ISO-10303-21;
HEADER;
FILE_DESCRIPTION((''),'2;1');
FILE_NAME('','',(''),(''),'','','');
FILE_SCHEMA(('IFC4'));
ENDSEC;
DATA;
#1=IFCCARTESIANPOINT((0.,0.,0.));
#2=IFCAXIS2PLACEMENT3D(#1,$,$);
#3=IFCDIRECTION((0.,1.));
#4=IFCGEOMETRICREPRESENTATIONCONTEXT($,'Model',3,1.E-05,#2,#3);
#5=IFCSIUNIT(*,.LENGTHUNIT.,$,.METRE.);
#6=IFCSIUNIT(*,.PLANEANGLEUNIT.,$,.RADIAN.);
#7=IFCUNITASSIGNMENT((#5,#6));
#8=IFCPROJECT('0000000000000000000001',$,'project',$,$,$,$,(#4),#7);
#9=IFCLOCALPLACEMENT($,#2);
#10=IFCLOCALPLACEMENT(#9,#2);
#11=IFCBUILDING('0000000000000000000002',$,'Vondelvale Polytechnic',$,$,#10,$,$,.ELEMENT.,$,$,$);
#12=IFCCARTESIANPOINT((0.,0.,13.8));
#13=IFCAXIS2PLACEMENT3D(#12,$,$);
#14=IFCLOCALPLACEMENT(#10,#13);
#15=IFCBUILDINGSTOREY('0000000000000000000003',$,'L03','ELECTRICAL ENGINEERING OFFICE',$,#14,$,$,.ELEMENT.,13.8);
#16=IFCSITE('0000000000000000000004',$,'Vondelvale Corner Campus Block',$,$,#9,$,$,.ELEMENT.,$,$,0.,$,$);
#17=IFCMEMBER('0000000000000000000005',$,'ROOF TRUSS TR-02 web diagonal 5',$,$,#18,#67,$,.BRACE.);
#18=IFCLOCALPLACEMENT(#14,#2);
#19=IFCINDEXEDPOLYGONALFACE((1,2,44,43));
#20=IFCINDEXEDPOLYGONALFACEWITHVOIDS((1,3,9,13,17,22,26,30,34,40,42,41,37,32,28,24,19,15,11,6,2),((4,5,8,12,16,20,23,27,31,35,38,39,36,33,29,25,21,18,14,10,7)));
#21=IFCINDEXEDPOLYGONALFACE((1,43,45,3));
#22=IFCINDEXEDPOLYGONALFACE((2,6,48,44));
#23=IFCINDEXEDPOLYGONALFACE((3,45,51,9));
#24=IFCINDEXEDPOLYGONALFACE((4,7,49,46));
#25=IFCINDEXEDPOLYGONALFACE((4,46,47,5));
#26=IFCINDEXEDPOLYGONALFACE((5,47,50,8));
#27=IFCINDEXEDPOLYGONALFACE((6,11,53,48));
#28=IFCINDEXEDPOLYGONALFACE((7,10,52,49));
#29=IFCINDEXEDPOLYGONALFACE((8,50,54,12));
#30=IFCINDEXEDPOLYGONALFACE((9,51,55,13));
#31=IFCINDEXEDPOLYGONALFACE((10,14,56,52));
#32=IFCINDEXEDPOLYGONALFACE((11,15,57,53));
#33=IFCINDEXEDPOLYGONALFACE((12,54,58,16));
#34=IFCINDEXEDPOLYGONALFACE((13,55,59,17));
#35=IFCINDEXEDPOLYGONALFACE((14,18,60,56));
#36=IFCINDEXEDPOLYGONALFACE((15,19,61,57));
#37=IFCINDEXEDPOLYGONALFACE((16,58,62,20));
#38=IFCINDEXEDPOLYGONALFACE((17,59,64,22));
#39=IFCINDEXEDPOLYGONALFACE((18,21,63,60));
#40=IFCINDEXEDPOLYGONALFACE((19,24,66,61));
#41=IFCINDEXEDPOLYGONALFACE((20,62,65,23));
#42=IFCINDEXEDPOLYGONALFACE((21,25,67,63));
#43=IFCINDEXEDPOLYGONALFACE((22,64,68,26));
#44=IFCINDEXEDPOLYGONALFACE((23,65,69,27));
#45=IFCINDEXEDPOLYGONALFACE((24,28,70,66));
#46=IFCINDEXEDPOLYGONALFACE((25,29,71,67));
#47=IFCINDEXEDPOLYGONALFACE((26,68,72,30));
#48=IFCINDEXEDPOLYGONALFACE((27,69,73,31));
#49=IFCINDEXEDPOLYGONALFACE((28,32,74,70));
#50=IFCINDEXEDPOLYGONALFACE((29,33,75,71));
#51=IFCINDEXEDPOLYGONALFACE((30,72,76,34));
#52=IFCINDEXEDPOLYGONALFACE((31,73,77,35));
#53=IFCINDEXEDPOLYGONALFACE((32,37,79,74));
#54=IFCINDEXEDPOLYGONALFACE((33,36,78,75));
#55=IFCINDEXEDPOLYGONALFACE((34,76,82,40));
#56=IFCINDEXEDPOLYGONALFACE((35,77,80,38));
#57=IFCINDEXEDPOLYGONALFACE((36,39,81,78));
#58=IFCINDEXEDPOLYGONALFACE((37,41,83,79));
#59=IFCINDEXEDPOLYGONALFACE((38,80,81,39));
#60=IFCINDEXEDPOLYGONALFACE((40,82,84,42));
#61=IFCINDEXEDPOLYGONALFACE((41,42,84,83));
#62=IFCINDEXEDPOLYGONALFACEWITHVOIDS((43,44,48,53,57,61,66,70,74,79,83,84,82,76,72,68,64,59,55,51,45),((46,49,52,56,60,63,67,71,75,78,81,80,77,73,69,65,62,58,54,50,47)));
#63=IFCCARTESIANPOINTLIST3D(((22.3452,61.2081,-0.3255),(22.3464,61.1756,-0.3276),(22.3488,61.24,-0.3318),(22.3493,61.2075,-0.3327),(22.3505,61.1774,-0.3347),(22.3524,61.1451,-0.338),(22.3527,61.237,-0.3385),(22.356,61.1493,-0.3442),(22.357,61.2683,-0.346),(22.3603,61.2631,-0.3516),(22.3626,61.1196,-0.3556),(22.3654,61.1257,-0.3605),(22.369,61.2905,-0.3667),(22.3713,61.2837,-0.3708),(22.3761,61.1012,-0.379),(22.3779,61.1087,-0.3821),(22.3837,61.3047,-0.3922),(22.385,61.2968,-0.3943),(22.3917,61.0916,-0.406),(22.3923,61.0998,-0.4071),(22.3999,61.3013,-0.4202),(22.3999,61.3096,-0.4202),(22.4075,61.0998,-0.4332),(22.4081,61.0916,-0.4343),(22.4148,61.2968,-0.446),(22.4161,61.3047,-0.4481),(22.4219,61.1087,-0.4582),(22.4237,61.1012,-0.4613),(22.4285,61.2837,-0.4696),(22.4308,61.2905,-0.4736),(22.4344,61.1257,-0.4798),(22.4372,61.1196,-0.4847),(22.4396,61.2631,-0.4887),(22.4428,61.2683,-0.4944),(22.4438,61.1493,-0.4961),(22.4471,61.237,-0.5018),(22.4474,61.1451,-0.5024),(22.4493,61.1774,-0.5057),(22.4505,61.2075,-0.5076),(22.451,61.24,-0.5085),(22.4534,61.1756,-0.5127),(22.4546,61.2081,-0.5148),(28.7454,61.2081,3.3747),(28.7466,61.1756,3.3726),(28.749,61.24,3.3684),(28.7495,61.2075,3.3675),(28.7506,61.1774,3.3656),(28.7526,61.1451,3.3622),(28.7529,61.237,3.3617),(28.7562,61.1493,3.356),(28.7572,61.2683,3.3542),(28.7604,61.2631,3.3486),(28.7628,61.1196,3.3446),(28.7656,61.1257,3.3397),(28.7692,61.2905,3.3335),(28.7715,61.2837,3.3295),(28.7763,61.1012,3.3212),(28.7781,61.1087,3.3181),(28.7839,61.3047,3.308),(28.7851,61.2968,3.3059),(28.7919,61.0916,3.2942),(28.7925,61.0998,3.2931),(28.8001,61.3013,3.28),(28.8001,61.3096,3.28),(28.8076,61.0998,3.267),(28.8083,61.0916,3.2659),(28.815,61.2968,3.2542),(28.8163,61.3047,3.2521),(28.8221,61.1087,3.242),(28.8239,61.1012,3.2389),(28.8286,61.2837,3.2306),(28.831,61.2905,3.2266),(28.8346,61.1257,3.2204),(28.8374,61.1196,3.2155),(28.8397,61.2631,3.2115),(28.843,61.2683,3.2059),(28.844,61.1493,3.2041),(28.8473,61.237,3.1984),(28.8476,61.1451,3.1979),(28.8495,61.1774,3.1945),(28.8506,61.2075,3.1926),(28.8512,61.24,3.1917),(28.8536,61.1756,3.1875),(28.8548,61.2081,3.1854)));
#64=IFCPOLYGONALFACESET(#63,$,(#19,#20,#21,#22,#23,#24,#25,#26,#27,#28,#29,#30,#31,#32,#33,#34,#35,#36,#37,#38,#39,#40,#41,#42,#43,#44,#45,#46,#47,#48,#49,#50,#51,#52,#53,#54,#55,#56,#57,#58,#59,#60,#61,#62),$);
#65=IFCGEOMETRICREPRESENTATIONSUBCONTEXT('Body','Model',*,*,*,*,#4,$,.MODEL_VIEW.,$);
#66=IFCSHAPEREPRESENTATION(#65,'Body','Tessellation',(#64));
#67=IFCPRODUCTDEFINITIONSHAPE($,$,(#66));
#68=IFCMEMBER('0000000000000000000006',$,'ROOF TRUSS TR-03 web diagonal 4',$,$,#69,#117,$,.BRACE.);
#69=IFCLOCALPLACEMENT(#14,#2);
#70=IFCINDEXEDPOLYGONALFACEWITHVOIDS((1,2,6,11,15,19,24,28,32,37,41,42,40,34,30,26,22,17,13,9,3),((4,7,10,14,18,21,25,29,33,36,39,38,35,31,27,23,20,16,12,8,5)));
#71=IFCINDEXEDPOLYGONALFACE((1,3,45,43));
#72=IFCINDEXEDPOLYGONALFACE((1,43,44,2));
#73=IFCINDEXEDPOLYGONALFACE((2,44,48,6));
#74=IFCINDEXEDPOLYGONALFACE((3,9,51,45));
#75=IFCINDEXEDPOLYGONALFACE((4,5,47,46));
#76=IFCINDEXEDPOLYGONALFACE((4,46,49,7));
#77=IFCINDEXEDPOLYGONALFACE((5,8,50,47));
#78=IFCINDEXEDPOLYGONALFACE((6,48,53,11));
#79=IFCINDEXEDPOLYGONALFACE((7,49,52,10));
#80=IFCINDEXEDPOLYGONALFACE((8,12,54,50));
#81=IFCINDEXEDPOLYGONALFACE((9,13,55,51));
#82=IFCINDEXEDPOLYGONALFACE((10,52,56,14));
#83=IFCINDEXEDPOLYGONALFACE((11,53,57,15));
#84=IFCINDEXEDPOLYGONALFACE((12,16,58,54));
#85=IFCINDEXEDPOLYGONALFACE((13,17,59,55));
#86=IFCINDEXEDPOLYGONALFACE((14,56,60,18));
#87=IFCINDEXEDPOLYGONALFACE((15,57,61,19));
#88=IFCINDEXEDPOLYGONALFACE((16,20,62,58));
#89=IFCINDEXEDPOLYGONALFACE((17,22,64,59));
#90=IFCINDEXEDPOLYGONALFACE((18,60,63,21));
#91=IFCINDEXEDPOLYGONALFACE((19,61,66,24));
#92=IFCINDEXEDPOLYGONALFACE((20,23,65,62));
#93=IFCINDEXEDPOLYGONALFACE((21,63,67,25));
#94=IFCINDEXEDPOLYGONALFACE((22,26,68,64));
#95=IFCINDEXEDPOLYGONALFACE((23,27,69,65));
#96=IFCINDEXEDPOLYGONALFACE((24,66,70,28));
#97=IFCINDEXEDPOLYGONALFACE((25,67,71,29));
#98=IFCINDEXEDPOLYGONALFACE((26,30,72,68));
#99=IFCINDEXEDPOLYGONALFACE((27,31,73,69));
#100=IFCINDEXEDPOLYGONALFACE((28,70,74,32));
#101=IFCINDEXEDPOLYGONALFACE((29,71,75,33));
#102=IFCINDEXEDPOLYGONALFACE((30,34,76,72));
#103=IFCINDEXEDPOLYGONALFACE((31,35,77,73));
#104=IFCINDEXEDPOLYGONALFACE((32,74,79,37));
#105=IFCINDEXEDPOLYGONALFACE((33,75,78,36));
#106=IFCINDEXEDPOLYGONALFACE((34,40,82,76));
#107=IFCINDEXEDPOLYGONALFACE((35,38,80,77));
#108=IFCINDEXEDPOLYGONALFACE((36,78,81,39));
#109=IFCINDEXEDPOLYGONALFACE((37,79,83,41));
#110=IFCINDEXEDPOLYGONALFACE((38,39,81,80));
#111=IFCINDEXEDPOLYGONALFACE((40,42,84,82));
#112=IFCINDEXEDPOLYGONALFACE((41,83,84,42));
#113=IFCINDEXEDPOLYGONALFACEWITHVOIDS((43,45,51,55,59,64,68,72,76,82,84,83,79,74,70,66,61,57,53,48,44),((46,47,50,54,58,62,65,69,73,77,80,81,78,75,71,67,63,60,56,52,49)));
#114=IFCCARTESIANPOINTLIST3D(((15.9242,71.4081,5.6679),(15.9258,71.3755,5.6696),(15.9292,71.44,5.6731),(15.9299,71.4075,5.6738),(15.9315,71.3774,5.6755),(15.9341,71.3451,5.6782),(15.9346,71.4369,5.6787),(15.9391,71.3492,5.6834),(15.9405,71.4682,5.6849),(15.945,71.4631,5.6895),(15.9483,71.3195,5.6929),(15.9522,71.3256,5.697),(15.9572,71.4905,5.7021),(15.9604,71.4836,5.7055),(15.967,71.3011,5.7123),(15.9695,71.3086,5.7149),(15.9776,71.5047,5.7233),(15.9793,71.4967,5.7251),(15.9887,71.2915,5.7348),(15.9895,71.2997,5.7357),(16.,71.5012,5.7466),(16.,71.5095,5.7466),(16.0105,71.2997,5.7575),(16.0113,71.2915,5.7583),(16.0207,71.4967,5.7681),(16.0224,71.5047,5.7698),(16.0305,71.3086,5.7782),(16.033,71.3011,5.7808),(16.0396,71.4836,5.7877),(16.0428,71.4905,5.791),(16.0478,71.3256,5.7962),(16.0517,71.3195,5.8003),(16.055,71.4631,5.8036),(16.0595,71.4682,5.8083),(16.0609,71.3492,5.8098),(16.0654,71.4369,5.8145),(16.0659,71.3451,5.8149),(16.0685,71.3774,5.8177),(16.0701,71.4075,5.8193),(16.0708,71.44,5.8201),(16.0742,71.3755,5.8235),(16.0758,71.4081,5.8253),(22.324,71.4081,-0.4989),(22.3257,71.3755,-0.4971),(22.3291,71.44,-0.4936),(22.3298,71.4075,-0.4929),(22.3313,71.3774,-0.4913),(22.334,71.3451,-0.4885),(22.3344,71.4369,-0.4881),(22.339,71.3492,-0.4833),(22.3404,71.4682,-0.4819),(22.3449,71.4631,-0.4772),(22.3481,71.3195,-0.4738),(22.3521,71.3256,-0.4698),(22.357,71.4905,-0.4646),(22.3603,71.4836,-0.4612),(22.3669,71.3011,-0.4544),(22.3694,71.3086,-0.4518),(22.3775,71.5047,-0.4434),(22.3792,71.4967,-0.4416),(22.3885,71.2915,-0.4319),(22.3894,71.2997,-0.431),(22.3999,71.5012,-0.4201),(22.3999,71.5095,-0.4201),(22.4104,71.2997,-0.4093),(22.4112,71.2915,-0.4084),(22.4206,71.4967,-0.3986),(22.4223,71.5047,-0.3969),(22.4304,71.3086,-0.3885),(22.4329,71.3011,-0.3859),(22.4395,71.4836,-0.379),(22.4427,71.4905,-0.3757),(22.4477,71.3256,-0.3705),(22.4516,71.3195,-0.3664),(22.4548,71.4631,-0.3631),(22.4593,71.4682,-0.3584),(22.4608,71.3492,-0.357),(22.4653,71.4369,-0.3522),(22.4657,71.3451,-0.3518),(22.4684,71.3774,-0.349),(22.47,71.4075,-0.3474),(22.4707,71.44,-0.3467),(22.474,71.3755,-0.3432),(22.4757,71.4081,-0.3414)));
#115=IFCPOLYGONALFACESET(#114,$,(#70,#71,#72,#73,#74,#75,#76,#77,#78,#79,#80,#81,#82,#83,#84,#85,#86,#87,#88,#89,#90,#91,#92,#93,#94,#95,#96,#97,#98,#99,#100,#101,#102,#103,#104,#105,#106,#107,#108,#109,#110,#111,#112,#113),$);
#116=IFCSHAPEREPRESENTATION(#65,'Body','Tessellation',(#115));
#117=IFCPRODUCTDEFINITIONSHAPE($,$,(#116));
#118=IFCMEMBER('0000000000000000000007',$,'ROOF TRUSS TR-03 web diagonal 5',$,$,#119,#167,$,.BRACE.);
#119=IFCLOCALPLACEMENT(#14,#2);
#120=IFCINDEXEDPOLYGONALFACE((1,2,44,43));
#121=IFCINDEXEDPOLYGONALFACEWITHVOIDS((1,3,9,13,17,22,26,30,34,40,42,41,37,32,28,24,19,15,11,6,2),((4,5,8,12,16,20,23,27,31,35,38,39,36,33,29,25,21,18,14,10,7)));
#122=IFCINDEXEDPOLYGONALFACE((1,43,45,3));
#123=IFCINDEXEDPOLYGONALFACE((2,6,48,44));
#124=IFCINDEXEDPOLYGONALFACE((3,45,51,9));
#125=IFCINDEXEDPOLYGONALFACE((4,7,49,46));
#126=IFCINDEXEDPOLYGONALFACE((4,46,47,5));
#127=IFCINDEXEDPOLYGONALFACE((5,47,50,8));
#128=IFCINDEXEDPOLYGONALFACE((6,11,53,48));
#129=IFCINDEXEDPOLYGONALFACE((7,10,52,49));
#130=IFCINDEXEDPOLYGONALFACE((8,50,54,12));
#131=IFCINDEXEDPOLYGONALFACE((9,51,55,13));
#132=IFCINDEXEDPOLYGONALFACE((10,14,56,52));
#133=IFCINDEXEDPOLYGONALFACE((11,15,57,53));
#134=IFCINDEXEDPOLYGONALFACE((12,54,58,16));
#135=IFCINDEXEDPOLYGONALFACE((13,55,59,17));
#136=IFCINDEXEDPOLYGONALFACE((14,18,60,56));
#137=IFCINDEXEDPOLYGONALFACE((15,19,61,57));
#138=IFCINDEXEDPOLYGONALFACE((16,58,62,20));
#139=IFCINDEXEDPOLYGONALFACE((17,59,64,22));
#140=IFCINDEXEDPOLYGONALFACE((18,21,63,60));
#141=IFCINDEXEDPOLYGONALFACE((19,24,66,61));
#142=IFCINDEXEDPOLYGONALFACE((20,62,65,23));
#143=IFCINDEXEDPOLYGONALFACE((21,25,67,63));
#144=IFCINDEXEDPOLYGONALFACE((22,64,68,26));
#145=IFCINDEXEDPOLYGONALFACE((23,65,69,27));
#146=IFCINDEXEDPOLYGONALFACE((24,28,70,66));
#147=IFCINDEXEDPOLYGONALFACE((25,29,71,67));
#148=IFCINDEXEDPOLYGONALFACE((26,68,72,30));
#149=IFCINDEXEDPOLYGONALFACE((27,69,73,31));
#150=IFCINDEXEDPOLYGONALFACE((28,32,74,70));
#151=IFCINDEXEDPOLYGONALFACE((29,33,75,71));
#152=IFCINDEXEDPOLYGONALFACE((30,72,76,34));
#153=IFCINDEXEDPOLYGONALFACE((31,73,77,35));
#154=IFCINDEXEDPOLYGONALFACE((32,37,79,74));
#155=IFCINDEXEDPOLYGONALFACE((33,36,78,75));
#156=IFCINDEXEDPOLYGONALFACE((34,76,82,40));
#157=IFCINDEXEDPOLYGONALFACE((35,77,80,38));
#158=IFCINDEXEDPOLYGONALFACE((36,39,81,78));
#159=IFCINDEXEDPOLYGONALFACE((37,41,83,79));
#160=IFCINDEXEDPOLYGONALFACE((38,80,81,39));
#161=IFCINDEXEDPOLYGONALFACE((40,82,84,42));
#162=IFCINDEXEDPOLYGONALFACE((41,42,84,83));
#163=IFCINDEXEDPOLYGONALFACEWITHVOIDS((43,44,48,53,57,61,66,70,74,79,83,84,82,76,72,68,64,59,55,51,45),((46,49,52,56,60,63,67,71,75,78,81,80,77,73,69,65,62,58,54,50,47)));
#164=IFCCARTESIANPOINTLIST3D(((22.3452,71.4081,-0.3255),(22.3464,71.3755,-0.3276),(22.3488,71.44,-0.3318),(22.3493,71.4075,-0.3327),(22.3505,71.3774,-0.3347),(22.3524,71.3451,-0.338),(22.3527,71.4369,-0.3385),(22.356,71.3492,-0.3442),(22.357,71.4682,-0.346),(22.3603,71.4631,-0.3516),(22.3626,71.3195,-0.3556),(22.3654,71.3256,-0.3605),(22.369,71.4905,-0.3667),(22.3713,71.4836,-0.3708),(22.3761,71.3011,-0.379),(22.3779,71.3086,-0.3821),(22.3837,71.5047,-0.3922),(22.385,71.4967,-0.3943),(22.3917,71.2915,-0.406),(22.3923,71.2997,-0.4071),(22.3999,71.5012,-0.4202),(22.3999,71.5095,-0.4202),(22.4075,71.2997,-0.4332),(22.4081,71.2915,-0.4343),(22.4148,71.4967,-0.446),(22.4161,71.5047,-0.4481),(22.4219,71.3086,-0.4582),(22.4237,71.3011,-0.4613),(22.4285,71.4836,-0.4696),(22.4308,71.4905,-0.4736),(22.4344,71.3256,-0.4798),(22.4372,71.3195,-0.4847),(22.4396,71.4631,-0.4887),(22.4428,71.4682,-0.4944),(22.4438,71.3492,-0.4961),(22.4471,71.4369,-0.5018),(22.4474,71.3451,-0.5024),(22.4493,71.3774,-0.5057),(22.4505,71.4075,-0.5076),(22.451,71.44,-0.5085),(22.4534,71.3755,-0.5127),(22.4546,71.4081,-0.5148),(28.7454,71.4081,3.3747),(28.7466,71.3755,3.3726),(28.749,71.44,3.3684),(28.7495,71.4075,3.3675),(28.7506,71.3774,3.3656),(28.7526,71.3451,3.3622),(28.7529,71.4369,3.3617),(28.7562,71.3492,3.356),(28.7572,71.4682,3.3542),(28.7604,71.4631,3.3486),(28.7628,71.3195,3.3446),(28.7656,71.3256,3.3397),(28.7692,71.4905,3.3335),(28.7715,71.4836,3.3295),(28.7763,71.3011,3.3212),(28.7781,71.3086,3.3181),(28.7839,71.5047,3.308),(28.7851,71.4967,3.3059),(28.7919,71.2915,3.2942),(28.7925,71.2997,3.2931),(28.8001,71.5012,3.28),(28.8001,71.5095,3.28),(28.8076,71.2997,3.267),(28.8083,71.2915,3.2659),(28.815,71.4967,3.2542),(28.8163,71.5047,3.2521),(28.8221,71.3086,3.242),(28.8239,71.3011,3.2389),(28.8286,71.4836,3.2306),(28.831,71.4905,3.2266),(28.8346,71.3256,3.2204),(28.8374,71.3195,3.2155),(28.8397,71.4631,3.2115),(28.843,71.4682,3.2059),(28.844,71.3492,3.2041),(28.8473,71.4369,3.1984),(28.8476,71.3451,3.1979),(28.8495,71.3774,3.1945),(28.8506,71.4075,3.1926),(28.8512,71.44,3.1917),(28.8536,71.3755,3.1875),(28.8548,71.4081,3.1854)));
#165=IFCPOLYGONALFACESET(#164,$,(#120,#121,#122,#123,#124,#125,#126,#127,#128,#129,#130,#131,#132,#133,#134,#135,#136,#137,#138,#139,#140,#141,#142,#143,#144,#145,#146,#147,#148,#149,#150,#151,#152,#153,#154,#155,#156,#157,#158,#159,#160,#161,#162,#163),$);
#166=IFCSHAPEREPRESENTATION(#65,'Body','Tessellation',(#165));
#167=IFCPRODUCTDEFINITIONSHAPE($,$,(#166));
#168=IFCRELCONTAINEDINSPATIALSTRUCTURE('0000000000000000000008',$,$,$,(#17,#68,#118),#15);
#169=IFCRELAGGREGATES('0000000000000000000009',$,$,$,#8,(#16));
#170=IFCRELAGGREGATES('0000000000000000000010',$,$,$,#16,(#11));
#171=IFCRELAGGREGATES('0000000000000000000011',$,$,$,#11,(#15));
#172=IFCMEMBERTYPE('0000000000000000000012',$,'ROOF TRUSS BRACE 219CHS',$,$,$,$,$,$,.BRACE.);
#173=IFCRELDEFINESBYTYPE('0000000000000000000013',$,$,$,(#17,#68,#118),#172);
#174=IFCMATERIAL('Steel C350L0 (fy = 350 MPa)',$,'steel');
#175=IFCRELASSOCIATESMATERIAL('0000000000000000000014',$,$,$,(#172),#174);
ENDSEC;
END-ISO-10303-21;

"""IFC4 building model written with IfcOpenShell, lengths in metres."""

from ifc_helpers import new_model, si_unit, direction, frame, origin, origin_2d, place, context, subcontext, project, spatial, hollow_circle, extrude, material, material_profile, profile_set, type_object, element, save


model = new_model("IFC4")

# Units and contexts
model_context = context("Model", 3, precision=1e-05, world=origin(), true_north=direction((0.0, 1.0)))
body_context = subcontext(model_context, "Body", "Model", "MODEL_VIEW")
ifc_project = project(units=[si_unit("LENGTHUNIT", "METRE"), si_unit("PLANEANGLEUNIT", "RADIAN")], contexts=[model_context])

# Site, building, storey
site_placement = place(None, origin())
site = spatial("IfcSite", under=ifc_project, at=site_placement, Name="Vondelvale Corner Campus Block", CompositionType="ELEMENT", RefElevation=0.0)
building_placement = place(site_placement, origin())
building = spatial("IfcBuilding", under=site, at=building_placement, Name="Vondelvale Polytechnic", CompositionType="ELEMENT")
storey_placement = place(building_placement, frame((0.0, 0.0, 13.8)))
storey = spatial("IfcBuildingStorey", under=building, at=storey_placement, Name="L03", Description="ELECTRICAL ENGINEERING OFFICE", CompositionType="ELEMENT", Elevation=13.8)

# Members
ifc_material_1 = material(Name="Steel C350L0 (fy = 350 MPa)", Category="steel")
ifc_material_profile_1 = material_profile(ifc_material_1, hollow_circle(Radius=0.1096, WallThickness=0.0083, at=origin_2d()), Name="219.1x8.2CHS")
ifc_profile_set_1 = profile_set([ifc_material_profile_1], Name="Steel C350L0 (fy = 350 MPa)")
member_type_1 = type_object("IfcMemberType", Name="ROOF TRUSS BRACE 219CHS", PredefinedType="BRACE", material=ifc_profile_set_1)
member_1_placement = place(storey_placement, frame((22.3999, 61.2, -0.4202), z_axis=(0.865728, 0.0, 0.500514), x_axis=(0.0, 1.0, 0.0)))
element("IfcMember", 1, at=member_1_placement, inside=storey, type_object=member_type_1, Name="ROOF TRUSS TR-02 web diagonal 5", PredefinedType="BRACE", context=body_context, shape_type="SweptSolid", body=[
    extrude(hollow_circle(Radius=0.1096, WallThickness=0.0083, at=origin_2d()), origin(), (0.0, 0.0, 1.0), 7.3928),
])
member_2_placement = place(storey_placement, frame((16.0, 71.3999, 5.7466), z_axis=(0.720102, 0.0, -0.693868), x_axis=(0.0, 1.0, 0.0)))
element("IfcMember", 2, at=member_2_placement, inside=storey, type_object=member_type_1, Name="ROOF TRUSS TR-03 web diagonal 4", PredefinedType="BRACE", context=body_context, shape_type="SweptSolid", body=[
    extrude(hollow_circle(Radius=0.1096, WallThickness=0.0083, at=origin_2d()), origin(), (0.0, 0.0, 1.0), 8.8875),
])
member_3_placement = place(storey_placement, frame((22.3999, 71.3999, -0.4202), z_axis=(0.865728, 0.0, 0.500514), x_axis=(0.0, 1.0, 0.0)))
element("IfcMember", 3, at=member_3_placement, inside=storey, type_object=member_type_1, Name="ROOF TRUSS TR-03 web diagonal 5", PredefinedType="BRACE", context=body_context, shape_type="SweptSolid", body=[
    extrude(hollow_circle(Radius=0.1096, WallThickness=0.0083, at=origin_2d()), origin(), (0.0, 0.0, 1.0), 7.3928),
])

save(model, "model.ifc")
